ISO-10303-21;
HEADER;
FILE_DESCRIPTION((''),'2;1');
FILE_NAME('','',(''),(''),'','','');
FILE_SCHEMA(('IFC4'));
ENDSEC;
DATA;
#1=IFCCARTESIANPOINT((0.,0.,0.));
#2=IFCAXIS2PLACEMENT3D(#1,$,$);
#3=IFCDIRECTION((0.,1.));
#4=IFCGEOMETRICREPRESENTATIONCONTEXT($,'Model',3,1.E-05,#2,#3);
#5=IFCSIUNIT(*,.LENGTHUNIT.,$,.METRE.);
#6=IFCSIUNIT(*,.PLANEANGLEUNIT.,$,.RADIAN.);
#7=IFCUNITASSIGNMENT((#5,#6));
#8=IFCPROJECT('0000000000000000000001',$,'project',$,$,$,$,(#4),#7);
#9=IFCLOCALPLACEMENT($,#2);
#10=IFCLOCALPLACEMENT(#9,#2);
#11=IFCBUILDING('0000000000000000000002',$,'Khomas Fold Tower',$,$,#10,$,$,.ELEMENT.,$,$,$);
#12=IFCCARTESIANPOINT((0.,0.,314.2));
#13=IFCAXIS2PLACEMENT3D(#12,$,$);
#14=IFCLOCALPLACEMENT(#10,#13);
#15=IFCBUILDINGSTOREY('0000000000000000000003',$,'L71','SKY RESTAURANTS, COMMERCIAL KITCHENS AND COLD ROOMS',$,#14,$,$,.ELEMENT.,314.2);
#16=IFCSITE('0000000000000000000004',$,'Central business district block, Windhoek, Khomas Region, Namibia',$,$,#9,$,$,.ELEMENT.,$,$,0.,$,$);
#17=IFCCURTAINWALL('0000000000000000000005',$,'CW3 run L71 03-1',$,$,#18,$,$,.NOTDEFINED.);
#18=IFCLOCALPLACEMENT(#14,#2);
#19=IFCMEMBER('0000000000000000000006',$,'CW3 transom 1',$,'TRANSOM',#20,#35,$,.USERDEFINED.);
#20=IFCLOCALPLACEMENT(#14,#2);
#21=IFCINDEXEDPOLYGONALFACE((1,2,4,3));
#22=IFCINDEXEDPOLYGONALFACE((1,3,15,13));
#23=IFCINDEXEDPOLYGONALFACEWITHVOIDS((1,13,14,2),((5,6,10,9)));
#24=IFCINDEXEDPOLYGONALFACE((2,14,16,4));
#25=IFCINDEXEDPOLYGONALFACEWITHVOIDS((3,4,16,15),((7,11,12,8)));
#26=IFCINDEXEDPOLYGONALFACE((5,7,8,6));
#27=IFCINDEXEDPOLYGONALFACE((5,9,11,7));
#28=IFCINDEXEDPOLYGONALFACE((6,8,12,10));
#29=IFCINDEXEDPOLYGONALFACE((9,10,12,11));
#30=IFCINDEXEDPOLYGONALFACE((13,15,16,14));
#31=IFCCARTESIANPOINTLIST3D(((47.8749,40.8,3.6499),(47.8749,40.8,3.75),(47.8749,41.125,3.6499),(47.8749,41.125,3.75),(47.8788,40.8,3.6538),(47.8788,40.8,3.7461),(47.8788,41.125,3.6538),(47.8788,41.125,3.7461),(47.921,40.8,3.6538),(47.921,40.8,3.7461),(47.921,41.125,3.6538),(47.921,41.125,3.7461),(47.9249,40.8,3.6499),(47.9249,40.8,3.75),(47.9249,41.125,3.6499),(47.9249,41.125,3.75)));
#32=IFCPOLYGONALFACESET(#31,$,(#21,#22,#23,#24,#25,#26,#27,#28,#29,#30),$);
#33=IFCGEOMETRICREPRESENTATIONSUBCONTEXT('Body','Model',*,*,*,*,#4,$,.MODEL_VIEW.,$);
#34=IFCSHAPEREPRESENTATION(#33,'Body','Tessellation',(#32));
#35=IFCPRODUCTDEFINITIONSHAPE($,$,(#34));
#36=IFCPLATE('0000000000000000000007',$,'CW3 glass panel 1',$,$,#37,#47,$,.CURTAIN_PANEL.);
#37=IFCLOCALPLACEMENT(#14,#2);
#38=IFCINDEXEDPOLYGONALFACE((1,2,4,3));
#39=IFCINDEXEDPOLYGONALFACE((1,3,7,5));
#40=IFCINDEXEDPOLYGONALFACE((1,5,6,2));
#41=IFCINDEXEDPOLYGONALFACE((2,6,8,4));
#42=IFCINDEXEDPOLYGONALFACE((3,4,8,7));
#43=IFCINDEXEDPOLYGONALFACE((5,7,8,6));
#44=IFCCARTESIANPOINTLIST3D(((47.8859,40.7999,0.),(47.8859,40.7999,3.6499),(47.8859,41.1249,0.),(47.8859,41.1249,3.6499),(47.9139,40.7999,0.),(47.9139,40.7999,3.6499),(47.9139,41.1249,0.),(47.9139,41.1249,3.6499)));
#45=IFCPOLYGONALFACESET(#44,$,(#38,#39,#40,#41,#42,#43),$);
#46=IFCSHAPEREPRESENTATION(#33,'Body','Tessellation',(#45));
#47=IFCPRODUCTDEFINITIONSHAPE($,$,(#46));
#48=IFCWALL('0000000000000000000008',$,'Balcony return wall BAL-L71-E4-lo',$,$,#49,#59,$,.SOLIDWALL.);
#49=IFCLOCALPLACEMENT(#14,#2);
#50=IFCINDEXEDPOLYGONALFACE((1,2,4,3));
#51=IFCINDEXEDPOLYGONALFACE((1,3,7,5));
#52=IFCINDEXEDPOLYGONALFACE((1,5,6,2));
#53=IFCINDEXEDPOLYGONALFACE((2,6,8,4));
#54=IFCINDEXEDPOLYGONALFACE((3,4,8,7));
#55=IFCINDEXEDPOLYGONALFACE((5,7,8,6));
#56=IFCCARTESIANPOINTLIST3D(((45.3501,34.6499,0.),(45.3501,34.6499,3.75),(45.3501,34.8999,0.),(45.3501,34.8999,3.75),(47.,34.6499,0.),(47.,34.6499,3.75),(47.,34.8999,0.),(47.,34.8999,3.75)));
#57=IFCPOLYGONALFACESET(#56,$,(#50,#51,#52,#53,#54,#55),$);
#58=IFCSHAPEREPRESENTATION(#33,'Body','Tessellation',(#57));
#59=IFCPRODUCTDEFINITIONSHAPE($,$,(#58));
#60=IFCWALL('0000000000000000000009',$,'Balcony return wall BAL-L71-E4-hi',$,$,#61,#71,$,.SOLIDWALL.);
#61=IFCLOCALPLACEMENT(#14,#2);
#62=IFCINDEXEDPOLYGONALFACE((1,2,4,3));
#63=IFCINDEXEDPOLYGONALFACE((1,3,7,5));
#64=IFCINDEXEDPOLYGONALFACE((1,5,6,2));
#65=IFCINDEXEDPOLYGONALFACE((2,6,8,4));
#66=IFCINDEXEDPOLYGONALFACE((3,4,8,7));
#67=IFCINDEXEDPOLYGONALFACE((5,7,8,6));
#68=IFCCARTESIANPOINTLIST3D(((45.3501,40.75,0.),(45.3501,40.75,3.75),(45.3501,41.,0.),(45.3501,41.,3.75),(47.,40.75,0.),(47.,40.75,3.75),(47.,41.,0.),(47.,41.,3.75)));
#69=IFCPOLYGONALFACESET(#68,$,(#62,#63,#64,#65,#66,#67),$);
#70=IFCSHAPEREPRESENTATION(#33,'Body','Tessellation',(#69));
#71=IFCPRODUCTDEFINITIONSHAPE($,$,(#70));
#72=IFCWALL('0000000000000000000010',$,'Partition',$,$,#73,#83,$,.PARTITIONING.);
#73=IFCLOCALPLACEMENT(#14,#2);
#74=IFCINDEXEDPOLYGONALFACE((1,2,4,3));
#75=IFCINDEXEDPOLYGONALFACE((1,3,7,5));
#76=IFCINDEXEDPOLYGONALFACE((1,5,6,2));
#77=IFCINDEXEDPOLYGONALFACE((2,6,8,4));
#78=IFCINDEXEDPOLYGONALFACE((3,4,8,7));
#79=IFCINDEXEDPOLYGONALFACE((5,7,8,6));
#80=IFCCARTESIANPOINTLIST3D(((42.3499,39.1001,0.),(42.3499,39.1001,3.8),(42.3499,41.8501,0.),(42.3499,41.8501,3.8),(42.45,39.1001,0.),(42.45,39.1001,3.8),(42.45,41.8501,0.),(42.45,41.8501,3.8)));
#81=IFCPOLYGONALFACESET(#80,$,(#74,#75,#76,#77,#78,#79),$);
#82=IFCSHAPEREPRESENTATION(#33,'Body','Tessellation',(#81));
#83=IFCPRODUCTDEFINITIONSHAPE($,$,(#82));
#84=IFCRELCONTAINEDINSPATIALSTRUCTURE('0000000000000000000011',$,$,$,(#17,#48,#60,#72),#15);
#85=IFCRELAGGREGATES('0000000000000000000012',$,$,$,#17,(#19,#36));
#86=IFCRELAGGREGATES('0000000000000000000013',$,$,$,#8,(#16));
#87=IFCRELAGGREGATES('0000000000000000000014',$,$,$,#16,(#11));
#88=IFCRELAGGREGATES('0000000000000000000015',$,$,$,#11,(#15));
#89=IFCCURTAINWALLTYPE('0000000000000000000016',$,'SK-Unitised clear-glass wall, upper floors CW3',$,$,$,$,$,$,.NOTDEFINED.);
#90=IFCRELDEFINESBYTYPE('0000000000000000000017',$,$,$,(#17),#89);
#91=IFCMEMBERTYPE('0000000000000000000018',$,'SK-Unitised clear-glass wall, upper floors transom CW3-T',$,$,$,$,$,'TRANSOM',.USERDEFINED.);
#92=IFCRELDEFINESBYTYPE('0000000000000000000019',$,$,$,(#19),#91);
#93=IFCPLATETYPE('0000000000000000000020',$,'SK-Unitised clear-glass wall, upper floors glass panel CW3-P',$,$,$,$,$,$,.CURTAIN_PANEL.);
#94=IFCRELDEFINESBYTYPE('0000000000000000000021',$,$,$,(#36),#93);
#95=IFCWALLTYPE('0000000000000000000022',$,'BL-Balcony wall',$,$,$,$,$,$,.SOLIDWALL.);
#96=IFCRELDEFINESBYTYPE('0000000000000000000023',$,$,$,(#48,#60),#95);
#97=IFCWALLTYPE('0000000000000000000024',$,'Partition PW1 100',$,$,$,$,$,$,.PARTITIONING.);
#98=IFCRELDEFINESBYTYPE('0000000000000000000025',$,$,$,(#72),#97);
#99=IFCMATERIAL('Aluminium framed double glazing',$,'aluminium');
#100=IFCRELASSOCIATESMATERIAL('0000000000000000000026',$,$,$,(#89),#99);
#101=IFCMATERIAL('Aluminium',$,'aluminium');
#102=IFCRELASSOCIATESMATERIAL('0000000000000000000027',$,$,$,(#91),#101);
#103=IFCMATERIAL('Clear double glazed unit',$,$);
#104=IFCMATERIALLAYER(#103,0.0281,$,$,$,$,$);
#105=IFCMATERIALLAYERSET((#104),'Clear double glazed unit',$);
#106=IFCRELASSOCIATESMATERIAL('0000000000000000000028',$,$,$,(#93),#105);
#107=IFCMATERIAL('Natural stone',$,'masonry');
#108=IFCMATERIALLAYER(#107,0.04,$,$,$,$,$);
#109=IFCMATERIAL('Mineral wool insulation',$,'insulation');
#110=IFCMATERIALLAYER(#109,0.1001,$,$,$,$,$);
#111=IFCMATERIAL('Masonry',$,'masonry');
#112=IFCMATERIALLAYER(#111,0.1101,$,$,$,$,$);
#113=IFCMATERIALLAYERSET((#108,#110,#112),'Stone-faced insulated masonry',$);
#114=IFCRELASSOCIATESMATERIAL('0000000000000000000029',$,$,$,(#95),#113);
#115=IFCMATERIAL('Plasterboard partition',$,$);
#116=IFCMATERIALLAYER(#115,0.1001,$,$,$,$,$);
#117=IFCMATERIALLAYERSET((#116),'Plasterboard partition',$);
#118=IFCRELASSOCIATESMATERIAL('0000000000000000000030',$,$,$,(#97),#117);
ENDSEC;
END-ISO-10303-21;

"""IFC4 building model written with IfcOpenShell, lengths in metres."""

from ifc_helpers import new_model, si_unit, direction, frame, frame_2d, origin, origin_2d, place, context, subcontext, project, spatial, rectangle, hollow_rectangle, extrude, source, transform, mapped, material, layer, layer_set, material_profile, profile_set, type_object, element, aggregate, save


model = new_model("IFC4")

# Units and contexts
model_context = context("Model", 3, precision=1e-05, world=origin(), true_north=direction((0.0, 1.0)))
body_context = subcontext(model_context, "Body", "Model", "MODEL_VIEW")
ifc_project = project(units=[si_unit("LENGTHUNIT", "METRE"), si_unit("PLANEANGLEUNIT", "RADIAN")], contexts=[model_context])

# Site, building, storey
site_placement = place(None, origin())
site = spatial("IfcSite", under=ifc_project, at=site_placement, Name="Central business district block, Windhoek, Khomas Region, Namibia", CompositionType="ELEMENT", RefElevation=0.0)
building_placement = place(site_placement, origin())
building = spatial("IfcBuilding", under=site, at=building_placement, Name="Khomas Fold Tower", CompositionType="ELEMENT")
storey_placement = place(building_placement, frame((0.0, 0.0, 314.2)))
storey = spatial("IfcBuildingStorey", under=building, at=storey_placement, Name="L71", Description="SKY RESTAURANTS, COMMERCIAL KITCHENS AND COLD ROOMS", CompositionType="ELEMENT", Elevation=314.2)

# Shared definitions
ifc_material_1 = material(Name="Aluminium framed double glazing", Category="aluminium")
curtain_wall_type = type_object("IfcCurtainWallType", Name="SK-Unitised clear-glass wall, upper floors CW3", PredefinedType="NOTDEFINED", material=ifc_material_1)

# Curtain wall, member, plate
curtain_wall_1_placement = place(storey_placement, origin())
curtain_wall_1 = element("IfcCurtainWall", 1, at=curtain_wall_1_placement, inside=storey, type_object=curtain_wall_type, Name="CW3 run L71 03-1", PredefinedType="NOTDEFINED")
ifc_material_2 = material(Name="Aluminium", Category="aluminium")
ifc_material_profile_1 = material_profile(ifc_material_2, hollow_rectangle(XDim=0.05, YDim=0.1001, WallThickness=0.0039, at=origin_2d()), Name="SK-Unitised clear-glass wall, upper floors transom CW3-T")
ifc_profile_set_1 = profile_set([ifc_material_profile_1], Name="Aluminium")
member_type_1 = type_object("IfcMemberType", Name="SK-Unitised clear-glass wall, upper floors transom CW3-T", ElementType="TRANSOM", PredefinedType="USERDEFINED", material=ifc_profile_set_1)
shared_shape_1 = source(origin(), body_context, "Body", "SweptSolid", [
    extrude(hollow_rectangle(XDim=0.05, YDim=0.1001, WallThickness=0.0039, at=origin_2d()), origin(), (0.0, 0.0, 1.0), 0.325),
])
member_1_placement = place(storey_placement, frame((47.8999, 40.8, 3.7), z_axis=(0.0, 1.0, 0.0), x_axis=(-1.0, 0.0, 0.0)))
member_1 = element("IfcMember", 2, at=member_1_placement, type_object=member_type_1, Name="CW3 transom 1", ObjectType="TRANSOM", PredefinedType="USERDEFINED", context=body_context, shape_type="MappedRepresentation", body=[
    mapped(shared_shape_1, transform((0.0, 0.0, 0.0))),
])
ifc_material_3 = material(Name="Clear double glazed unit")
ifc_layer_1 = layer(ifc_material_3, 0.0281)
ifc_layer_set_1 = layer_set([ifc_layer_1], Name="Clear double glazed unit")
plate_type = type_object("IfcPlateType", Name="SK-Unitised clear-glass wall, upper floors glass panel CW3-P", PredefinedType="CURTAIN_PANEL", material=ifc_layer_set_1)
shared_shape_2 = source(origin(), body_context, "Body", "SweptSolid", [
    extrude(rectangle(XDim=0.325, YDim=0.0281, at=origin_2d()), origin(), (0.0, 0.0, 1.0), 3.6499),
])
plate_placement = place(storey_placement, frame((47.8999, 40.9624, 0.0), z_axis=(0.0, 0.0, 1.0), x_axis=(0.0, 1.0, 0.0)))
plate = element("IfcPlate", 3, at=plate_placement, type_object=plate_type, Name="CW3 glass panel 1", PredefinedType="CURTAIN_PANEL", context=body_context, shape_type="MappedRepresentation", body=[
    mapped(shared_shape_2, transform((0.0, 0.0, 0.0))),
])
aggregate(curtain_wall_1, [member_1, plate])

# Shared definitions
ifc_material_4 = material(Name="Natural stone", Category="masonry")
ifc_layer_2 = layer(ifc_material_4, 0.04)
ifc_material_5 = material(Name="Mineral wool insulation", Category="insulation")
ifc_layer_3 = layer(ifc_material_5, 0.1001)
ifc_material_6 = material(Name="Masonry", Category="masonry")
ifc_layer_4 = layer(ifc_material_6, 0.1101)
ifc_layer_set_2 = layer_set([ifc_layer_2, ifc_layer_3, ifc_layer_4], Name="Stone-faced insulated masonry")
wall_type_1 = type_object("IfcWallType", Name="BL-Balcony wall", PredefinedType="SOLIDWALL", material=ifc_layer_set_2)

# Walls
shared_shape_3 = source(origin(), body_context, "Body", "SweptSolid", [
    extrude(rectangle(XDim=1.6499, YDim=0.25, at=frame_2d((0.825, 0.0))), origin(), (0.0, 0.0, 1.0), 3.75),
])
for number, where, z_axis, x_axis, name in (
    (4, (47.0, 34.7749, 0.0), (0.0, 0.0, 1.0), (-1.0, 0.0, 0.0), "Balcony return wall BAL-L71-E4-lo"),
    (5, (47.0, 40.875, 0.0), (0.0, 0.0, 1.0), (-1.0, 0.0, 0.0), "Balcony return wall BAL-L71-E4-hi"),
):
    element("IfcWall", number, at=place(storey_placement, frame(where, z_axis=z_axis, x_axis=x_axis)), inside=storey, type_object=wall_type_1, Name=name, PredefinedType="SOLIDWALL", context=body_context, shape_type="MappedRepresentation", body=[
        mapped(shared_shape_3, transform((0.0, 0.0, 0.0))),
    ])
ifc_material_7 = material(Name="Plasterboard partition")
ifc_layer_5 = layer(ifc_material_7, 0.1001)
ifc_layer_set_3 = layer_set([ifc_layer_5], Name="Plasterboard partition")
wall_type_2 = type_object("IfcWallType", Name="Partition PW1 100", PredefinedType="PARTITIONING", material=ifc_layer_set_3)
shared_shape_4 = source(origin(), body_context, "Body", "SweptSolid", [
    extrude(rectangle(XDim=2.75, YDim=0.1001, at=frame_2d((1.375, 0.0))), origin(), (0.0, 0.0, 1.0), 3.8),
])
wall_1_placement = place(storey_placement, frame((42.3999, 39.1001, 0.0), z_axis=(0.0, 0.0, 1.0), x_axis=(0.0, 1.0, 0.0)))
element("IfcWall", 6, at=wall_1_placement, inside=storey, type_object=wall_type_2, Name="Partition", PredefinedType="PARTITIONING", context=body_context, shape_type="MappedRepresentation", body=[
    mapped(shared_shape_4, transform((0.0, 0.0, 0.0))),
])

save(model, "model.ifc")
